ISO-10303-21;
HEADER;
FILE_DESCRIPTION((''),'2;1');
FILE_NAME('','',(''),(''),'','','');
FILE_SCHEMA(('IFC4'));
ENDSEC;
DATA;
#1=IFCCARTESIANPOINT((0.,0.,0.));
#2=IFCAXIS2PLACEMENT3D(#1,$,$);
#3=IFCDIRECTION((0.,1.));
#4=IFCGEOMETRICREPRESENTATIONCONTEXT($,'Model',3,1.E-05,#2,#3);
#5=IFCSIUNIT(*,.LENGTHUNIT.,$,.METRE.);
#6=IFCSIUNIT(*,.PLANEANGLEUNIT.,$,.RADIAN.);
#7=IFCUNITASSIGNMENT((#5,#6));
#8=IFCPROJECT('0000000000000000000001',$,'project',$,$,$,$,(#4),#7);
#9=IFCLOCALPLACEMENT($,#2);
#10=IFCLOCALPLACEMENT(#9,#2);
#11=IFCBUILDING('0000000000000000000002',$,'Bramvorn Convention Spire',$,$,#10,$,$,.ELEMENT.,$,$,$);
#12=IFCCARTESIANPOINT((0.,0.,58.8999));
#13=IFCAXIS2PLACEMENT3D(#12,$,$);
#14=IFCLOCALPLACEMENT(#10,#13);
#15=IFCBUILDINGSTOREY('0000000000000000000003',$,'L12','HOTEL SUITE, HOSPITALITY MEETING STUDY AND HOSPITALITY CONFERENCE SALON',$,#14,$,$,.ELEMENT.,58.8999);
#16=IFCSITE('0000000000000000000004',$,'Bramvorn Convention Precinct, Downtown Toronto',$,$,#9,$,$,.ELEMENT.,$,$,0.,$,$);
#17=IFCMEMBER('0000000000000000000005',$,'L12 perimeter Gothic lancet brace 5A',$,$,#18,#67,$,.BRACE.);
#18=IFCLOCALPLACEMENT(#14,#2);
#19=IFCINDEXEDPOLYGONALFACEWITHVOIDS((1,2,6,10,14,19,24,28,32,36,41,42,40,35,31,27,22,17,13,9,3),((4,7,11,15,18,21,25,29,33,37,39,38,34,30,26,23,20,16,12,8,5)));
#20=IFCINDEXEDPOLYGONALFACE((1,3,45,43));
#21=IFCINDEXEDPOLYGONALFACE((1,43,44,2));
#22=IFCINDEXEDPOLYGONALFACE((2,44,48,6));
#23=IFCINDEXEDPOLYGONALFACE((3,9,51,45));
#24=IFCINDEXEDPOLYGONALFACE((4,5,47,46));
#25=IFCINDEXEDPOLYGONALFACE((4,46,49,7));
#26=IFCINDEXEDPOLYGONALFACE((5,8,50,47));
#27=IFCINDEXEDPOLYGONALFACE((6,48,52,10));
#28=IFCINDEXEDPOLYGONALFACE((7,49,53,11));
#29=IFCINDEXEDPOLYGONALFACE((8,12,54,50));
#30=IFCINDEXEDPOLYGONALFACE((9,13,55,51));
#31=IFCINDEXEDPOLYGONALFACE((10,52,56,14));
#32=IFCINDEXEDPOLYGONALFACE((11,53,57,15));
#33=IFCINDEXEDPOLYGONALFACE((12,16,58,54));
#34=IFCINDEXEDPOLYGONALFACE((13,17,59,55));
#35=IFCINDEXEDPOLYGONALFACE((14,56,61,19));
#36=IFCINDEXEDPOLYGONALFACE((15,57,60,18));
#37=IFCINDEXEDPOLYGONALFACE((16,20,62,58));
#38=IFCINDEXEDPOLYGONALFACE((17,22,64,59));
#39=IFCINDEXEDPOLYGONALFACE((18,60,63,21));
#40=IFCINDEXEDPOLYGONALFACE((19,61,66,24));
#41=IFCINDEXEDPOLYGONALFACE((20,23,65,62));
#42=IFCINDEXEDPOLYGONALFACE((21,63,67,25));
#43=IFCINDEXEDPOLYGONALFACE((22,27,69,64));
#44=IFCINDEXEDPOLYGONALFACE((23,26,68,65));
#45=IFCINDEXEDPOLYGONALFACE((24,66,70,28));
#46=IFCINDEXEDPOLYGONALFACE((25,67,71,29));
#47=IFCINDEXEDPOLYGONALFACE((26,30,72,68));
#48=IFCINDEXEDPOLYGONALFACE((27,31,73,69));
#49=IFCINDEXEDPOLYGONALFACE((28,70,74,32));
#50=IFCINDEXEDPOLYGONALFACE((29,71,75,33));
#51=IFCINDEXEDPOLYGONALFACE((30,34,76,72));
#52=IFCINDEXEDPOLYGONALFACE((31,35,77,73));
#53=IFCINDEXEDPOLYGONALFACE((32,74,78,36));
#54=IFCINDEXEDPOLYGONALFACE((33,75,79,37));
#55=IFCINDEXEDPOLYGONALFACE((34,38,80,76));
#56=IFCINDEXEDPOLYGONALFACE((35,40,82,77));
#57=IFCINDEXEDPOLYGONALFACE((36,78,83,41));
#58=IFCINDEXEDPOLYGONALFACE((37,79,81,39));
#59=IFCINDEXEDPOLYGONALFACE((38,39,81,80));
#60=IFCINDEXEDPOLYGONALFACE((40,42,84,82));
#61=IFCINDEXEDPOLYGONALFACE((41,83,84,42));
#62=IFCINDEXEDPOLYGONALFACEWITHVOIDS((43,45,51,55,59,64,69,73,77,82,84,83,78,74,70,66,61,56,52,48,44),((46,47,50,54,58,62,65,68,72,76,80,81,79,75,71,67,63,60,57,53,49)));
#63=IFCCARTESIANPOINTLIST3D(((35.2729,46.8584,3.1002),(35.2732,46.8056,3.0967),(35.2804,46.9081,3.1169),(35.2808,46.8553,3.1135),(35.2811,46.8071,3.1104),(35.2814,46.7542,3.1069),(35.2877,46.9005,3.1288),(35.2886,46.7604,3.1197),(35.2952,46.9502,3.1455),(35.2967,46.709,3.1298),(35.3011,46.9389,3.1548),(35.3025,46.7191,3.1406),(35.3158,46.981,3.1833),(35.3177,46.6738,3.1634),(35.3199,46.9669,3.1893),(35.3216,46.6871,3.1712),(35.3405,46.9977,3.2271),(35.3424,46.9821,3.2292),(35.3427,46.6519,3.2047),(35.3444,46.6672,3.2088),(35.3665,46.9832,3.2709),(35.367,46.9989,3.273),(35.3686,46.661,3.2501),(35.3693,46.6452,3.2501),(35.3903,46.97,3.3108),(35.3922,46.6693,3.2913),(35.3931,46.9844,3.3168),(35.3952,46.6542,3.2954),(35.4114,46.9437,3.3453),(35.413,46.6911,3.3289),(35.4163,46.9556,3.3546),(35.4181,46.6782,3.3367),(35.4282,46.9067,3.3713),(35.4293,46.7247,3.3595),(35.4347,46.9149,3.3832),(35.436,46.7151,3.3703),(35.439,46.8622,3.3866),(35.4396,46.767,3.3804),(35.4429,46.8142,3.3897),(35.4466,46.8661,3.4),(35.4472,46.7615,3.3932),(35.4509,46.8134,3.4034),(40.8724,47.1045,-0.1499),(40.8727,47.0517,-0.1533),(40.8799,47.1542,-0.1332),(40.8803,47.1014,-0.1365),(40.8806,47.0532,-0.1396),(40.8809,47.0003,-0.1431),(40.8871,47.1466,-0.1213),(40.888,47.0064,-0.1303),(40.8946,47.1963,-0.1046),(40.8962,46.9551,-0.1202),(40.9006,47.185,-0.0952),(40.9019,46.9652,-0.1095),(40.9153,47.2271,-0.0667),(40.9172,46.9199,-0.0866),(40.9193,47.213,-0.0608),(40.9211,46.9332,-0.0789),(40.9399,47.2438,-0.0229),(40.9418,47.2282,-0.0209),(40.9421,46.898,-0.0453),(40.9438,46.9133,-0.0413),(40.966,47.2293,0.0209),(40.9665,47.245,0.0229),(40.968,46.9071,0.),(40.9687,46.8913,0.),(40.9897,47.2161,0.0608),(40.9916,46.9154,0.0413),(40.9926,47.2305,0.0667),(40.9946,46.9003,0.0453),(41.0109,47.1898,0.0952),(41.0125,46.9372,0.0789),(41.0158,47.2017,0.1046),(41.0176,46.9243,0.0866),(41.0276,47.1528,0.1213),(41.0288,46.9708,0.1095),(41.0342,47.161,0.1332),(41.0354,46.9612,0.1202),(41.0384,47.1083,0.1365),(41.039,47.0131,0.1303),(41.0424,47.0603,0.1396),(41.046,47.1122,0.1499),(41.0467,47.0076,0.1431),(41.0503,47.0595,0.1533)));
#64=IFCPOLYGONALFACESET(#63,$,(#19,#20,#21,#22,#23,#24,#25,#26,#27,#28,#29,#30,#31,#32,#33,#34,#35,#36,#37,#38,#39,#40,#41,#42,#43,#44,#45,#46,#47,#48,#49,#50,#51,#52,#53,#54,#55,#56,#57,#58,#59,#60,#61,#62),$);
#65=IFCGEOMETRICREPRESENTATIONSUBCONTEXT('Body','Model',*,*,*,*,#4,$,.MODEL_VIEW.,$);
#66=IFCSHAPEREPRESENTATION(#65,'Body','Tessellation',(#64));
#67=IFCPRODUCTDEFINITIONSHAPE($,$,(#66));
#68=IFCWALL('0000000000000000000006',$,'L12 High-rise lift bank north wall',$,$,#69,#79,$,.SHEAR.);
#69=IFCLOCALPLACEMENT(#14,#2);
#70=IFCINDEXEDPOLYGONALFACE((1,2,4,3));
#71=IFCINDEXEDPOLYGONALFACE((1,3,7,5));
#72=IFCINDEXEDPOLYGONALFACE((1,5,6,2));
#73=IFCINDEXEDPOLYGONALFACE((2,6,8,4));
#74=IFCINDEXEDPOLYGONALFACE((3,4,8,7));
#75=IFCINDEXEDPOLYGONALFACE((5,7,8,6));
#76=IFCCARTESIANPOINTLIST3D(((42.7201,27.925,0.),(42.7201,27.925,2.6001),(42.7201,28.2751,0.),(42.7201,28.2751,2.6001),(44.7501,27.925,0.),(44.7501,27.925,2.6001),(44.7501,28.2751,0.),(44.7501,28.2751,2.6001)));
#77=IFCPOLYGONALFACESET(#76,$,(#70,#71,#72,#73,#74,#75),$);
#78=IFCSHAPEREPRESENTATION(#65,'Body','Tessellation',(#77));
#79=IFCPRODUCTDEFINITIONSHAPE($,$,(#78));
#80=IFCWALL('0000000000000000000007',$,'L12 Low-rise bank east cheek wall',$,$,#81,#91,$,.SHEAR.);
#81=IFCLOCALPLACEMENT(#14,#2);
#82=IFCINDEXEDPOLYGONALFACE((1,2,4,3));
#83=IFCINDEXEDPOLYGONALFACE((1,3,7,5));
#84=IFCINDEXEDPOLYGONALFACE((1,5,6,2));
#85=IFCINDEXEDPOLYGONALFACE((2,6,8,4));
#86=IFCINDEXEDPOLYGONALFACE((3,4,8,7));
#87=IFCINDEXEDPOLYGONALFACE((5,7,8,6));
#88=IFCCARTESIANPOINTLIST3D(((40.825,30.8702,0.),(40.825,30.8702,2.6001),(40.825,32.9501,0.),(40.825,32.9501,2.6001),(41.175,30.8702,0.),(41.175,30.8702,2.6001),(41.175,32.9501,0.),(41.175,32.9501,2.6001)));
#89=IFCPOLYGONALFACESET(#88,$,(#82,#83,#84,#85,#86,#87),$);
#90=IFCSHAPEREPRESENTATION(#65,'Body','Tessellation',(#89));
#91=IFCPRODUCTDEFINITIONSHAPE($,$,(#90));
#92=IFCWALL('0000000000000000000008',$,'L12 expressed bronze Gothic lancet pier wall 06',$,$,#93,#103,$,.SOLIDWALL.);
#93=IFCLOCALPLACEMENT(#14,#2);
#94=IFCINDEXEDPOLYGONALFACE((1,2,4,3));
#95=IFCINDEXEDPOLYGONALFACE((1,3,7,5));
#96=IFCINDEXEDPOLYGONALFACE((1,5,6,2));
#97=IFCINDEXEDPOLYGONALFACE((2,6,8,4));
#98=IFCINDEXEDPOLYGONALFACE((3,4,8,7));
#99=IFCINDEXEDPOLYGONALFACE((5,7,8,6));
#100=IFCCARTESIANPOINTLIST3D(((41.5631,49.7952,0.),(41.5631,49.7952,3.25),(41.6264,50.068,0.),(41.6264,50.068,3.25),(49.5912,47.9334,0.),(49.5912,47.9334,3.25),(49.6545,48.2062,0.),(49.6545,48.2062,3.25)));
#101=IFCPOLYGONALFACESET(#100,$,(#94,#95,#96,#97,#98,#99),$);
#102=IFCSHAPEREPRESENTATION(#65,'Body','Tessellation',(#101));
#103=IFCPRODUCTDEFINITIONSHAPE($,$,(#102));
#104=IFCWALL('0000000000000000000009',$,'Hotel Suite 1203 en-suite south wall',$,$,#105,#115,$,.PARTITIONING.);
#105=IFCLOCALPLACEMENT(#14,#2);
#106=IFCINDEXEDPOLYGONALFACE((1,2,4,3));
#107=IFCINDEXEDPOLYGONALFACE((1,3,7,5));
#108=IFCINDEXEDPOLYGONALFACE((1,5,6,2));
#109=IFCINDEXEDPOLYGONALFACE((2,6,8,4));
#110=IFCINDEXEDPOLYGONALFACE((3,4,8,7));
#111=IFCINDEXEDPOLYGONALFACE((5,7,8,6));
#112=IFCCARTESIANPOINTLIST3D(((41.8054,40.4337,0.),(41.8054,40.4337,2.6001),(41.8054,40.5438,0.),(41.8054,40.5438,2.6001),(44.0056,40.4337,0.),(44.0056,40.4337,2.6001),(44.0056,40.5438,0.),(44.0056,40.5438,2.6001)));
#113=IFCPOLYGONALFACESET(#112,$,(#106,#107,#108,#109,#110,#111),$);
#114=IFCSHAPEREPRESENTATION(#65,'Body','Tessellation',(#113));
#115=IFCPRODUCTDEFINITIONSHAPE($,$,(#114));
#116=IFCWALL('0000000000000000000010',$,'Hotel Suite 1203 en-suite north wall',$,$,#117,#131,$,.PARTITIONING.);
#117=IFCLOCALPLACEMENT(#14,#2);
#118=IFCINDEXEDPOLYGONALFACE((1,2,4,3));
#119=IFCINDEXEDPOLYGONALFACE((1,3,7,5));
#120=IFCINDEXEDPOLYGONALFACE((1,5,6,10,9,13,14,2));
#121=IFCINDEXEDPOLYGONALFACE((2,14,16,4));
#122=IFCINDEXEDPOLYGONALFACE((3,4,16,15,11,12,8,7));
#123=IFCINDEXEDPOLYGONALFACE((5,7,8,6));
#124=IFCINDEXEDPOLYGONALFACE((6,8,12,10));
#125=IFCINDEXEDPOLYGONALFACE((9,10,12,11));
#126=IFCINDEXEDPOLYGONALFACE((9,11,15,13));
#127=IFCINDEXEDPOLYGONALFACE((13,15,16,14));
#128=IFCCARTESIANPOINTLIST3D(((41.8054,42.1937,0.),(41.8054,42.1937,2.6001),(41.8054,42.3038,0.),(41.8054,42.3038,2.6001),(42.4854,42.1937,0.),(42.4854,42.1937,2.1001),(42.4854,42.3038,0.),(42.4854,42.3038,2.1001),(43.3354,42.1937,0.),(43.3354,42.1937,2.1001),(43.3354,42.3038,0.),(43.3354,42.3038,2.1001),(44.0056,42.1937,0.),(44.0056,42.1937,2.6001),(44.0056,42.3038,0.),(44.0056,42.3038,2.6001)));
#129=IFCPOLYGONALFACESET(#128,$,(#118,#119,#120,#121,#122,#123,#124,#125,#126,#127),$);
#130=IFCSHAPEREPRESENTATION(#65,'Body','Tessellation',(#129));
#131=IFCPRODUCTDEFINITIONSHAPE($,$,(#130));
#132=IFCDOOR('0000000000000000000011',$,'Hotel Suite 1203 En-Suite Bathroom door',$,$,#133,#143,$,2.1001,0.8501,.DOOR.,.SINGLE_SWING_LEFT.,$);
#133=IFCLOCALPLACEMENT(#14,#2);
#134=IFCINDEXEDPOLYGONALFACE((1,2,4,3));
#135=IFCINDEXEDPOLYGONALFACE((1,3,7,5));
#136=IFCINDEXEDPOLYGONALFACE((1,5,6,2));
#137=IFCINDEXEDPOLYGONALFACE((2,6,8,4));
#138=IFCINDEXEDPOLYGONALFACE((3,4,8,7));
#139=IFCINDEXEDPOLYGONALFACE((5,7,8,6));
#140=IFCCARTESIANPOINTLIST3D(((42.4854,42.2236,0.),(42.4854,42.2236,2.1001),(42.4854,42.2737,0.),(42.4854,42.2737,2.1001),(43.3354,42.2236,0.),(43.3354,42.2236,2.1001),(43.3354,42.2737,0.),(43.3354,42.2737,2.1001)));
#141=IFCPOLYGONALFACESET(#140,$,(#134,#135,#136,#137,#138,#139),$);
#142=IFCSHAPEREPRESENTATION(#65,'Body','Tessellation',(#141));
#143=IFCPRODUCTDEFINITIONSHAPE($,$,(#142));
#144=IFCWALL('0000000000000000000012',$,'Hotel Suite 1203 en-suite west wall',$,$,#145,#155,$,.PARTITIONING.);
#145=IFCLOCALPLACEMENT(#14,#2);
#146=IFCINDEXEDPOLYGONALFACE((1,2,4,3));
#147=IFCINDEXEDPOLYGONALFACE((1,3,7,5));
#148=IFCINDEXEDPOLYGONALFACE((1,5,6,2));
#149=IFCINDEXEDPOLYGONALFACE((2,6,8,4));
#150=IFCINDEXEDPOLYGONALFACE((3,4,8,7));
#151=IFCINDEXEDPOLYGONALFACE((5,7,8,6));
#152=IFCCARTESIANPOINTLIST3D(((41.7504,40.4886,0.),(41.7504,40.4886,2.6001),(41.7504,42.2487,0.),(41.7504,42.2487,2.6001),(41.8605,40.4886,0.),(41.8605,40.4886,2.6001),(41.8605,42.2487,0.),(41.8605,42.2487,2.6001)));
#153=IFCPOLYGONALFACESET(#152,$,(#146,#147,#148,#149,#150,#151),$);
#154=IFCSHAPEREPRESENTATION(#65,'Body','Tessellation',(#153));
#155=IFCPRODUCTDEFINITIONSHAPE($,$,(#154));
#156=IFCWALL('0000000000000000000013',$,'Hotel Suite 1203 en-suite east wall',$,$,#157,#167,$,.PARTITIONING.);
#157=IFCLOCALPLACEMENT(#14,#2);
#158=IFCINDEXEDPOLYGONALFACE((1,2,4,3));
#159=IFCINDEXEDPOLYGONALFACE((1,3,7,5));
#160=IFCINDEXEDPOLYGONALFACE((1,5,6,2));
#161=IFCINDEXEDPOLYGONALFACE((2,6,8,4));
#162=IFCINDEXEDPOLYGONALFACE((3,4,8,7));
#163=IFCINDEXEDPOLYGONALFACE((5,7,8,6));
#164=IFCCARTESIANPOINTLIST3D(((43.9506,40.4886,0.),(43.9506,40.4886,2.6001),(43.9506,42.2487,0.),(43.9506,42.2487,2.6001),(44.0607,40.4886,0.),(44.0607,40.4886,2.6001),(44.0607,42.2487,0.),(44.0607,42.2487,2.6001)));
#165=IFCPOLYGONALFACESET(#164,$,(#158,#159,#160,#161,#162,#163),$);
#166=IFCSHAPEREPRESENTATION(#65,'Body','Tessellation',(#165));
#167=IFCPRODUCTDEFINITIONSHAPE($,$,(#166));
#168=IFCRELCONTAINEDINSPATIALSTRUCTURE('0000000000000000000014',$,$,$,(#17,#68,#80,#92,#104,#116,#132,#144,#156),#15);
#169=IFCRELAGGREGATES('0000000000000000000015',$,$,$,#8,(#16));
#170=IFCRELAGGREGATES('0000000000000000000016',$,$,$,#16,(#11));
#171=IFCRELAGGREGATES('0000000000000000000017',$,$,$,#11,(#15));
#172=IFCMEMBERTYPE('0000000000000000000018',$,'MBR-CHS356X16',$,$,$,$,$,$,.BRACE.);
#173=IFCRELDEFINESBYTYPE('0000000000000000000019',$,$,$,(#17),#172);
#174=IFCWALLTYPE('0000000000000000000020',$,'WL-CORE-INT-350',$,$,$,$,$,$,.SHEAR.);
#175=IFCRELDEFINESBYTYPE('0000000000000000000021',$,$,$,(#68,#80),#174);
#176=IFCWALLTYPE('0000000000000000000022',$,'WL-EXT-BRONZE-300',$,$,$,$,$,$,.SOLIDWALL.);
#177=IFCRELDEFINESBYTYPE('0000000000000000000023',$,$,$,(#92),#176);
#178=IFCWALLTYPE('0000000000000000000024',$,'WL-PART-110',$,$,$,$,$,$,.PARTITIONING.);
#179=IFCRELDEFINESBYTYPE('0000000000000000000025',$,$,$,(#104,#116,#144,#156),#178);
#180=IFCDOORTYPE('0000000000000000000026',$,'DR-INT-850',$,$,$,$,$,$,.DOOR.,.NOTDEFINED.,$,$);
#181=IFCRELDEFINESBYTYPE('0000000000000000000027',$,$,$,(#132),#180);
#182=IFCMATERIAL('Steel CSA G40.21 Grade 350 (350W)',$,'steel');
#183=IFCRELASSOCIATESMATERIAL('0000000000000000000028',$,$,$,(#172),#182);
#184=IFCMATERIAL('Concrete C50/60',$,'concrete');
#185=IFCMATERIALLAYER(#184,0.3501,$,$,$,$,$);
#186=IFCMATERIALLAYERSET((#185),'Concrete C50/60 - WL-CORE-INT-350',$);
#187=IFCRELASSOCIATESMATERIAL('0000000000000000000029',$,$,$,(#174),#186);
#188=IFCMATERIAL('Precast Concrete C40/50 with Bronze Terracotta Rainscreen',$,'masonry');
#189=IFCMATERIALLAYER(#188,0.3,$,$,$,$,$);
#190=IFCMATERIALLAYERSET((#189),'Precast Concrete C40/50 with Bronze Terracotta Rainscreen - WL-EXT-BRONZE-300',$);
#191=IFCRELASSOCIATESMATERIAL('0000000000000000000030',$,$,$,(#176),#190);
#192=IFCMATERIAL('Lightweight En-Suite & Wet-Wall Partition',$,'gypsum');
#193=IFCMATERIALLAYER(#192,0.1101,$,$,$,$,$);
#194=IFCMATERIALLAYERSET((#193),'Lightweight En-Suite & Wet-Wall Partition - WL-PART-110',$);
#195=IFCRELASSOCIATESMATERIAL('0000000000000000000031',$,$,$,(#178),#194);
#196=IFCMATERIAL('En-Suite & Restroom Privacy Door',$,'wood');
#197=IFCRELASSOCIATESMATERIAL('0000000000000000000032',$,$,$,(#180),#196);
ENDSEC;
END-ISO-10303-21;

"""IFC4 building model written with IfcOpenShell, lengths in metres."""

from ifc_helpers import new_model, si_unit, direction, frame, frame_2d, origin, origin_2d, place, context, subcontext, project, spatial, rectangle, hollow_circle, extrude, material, layer, layer_set, material_profile, profile_set, type_object, element, fill, save


model = new_model("IFC4")

# Units and contexts
model_context = context("Model", 3, precision=1e-05, world=origin(), true_north=direction((0.0, 1.0)))
body_context = subcontext(model_context, "Body", "Model", "MODEL_VIEW")
ifc_project = project(units=[si_unit("LENGTHUNIT", "METRE"), si_unit("PLANEANGLEUNIT", "RADIAN")], contexts=[model_context])

# Site, building, storey
site_placement = place(None, origin())
site = spatial("IfcSite", under=ifc_project, at=site_placement, Name="Bramvorn Convention Precinct, Downtown Toronto", CompositionType="ELEMENT", RefElevation=0.0)
building_placement = place(site_placement, origin())
building = spatial("IfcBuilding", under=site, at=building_placement, Name="Bramvorn Convention Spire", CompositionType="ELEMENT")
storey_placement = place(building_placement, frame((0.0, 0.0, 58.8999)))
storey = spatial("IfcBuildingStorey", under=building, at=storey_placement, Name="L12", Description="HOTEL SUITE, HOSPITALITY MEETING STUDY AND HOSPITALITY CONFERENCE SALON", CompositionType="ELEMENT", Elevation=58.8999)

# Shared definitions
ifc_material_1 = material(Name="Steel CSA G40.21 Grade 350 (350W)", Category="steel")

# Member
ifc_material_profile_1 = material_profile(ifc_material_1, hollow_circle(Radius=0.1777, WallThickness=0.0159, at=origin_2d()))
ifc_profile_set_1 = profile_set([ifc_material_profile_1], Name="Steel CSA G40.21 Grade 350 (350W) - CHS356X16")
member_type = type_object("IfcMemberType", Name="MBR-CHS356X16", PredefinedType="BRACE", material=ifc_profile_set_1)
member_placement = place(storey_placement, frame((40.9609, 47.0688, 0.0), z_axis=(-0.864248, -0.037984, 0.50163), x_axis=(0.043908, -0.999036, 0.0)))
element("IfcMember", 1, at=member_placement, inside=storey, type_object=member_type, Name="L12 perimeter Gothic lancet brace 5A", PredefinedType="BRACE", context=body_context, shape_type="SweptSolid", body=[
    extrude(hollow_circle(Radius=0.1777, WallThickness=0.0159, at=origin_2d()), origin(), (0.0, 0.0, 1.0), 6.479),
])

# Shared definitions
ifc_material_2 = material(Name="Concrete C50/60", Category="concrete")
ifc_layer_1 = layer(ifc_material_2, 0.3501)
ifc_layer_set_1 = layer_set([ifc_layer_1], Name="Concrete C50/60 - WL-CORE-INT-350")
wall_type_1 = type_object("IfcWallType", Name="WL-CORE-INT-350", PredefinedType="SHEAR", material=ifc_layer_set_1)

# Wall
wall_1_placement = place(storey_placement, frame((42.72, 28.1001, 0.0), z_axis=(0.0, 0.0, 1.0), x_axis=(1.0, 0.0, 0.0)))
element("IfcWall", 2, at=wall_1_placement, inside=storey, type_object=wall_type_1, Name="L12 High-rise lift bank north wall", PredefinedType="SHEAR", context=body_context, shape_type="SweptSolid", body=[
    extrude(rectangle(XDim=2.03, YDim=0.3501, at=frame_2d((1.0151, 0.0))), origin(), (0.0, 0.0, 1.0), 2.6001),
])

# Walls
wall_2_placement = place(storey_placement, frame((41.0, 30.8701, 0.0), z_axis=(0.0, 0.0, 1.0), x_axis=(0.0, 1.0, 0.0)))
element("IfcWall", 3, at=wall_2_placement, inside=storey, type_object=wall_type_1, Name="L12 Low-rise bank east cheek wall", PredefinedType="SHEAR", context=body_context, shape_type="SweptSolid", body=[
    extrude(rectangle(XDim=2.0798, YDim=0.3501, at=frame_2d((1.04, 0.0))), origin(), (0.0, 0.0, 1.0), 2.6001),
])
ifc_material_3 = material(Name="Precast Concrete C40/50 with Bronze Terracotta Rainscreen", Category="masonry")
ifc_layer_2 = layer(ifc_material_3, 0.3)
ifc_layer_set_2 = layer_set([ifc_layer_2], Name="Precast Concrete C40/50 with Bronze Terracotta Rainscreen - WL-EXT-BRONZE-300")
wall_type_2 = type_object("IfcWallType", Name="WL-EXT-BRONZE-300", PredefinedType="SOLIDWALL", material=ifc_layer_set_2)
wall_3_placement = place(storey_placement, frame((41.5947, 49.9316, 0.0), z_axis=(0.0, 0.0, 1.0), x_axis=(0.974146, -0.225917, 0.0)))
element("IfcWall", 4, at=wall_3_placement, inside=storey, type_object=wall_type_2, Name="L12 expressed bronze Gothic lancet pier wall 06", PredefinedType="SOLIDWALL", context=body_context, shape_type="SweptSolid", body=[
    extrude(rectangle(XDim=8.2412, YDim=0.28, at=frame_2d((4.1206, 0.0))), origin(), (0.0, 0.0, 1.0), 3.25),
])
ifc_material_4 = material(Name="Lightweight En-Suite & Wet-Wall Partition", Category="gypsum")
ifc_layer_3 = layer(ifc_material_4, 0.1101)
ifc_layer_set_3 = layer_set([ifc_layer_3], Name="Lightweight En-Suite & Wet-Wall Partition - WL-PART-110")
wall_type_3 = type_object("IfcWallType", Name="WL-PART-110", PredefinedType="PARTITIONING", material=ifc_layer_set_3)
wall_4_placement = place(storey_placement, frame((41.8054, 40.4888, 0.0), z_axis=(0.0, 0.0, 1.0), x_axis=(1.0, 0.0, 0.0)))
element("IfcWall", 5, at=wall_4_placement, inside=storey, type_object=wall_type_3, Name="Hotel Suite 1203 en-suite south wall", PredefinedType="PARTITIONING", context=body_context, shape_type="SweptSolid", body=[
    extrude(rectangle(XDim=2.2002, YDim=0.1101, at=frame_2d((1.1001, 0.0))), origin(), (0.0, 0.0, 1.0), 2.6001),
])

# Wall, opening, door
wall_5_placement = place(storey_placement, frame((41.8054, 42.2488, 0.0), z_axis=(0.0, 0.0, 1.0), x_axis=(1.0, 0.0, 0.0)))
wall_5 = element("IfcWall", 6, at=wall_5_placement, inside=storey, type_object=wall_type_3, Name="Hotel Suite 1203 en-suite north wall", PredefinedType="PARTITIONING", context=body_context, shape_type="SweptSolid", body=[
    extrude(rectangle(XDim=2.2002, YDim=0.1101, at=frame_2d((1.1001, 0.0))), origin(), (0.0, 0.0, 1.0), 2.6001),
])
opening_1_placement = place(wall_5_placement, frame((0.6799, 0.0, 0.0)))
opening_1 = element("IfcOpeningElement", 7, at=opening_1_placement, cuts=wall_5, PredefinedType="OPENING", context=body_context, shape_type="SweptSolid", body=[
    extrude(rectangle(XDim=0.8501, YDim=2.1001, at=frame_2d((0.425, 1.05))), frame((0.0, 0.0649, 0.0), z_axis=(0.0, -1.0, 0.0), x_axis=(1.0, 0.0, 0.0)), (0.0, 0.0, 1.0), 0.1301),
])
ifc_material_5 = material(Name="En-Suite & Restroom Privacy Door", Category="wood")
door_type_1 = type_object("IfcDoorType", Name="DR-INT-850", OperationType="NOTDEFINED", PredefinedType="DOOR", material=ifc_material_5)
door_1_placement = place(opening_1_placement, origin())
door_1 = element("IfcDoor", 8, at=door_1_placement, inside=storey, type_object=door_type_1, Name="Hotel Suite 1203 En-Suite Bathroom door", OperationType="SINGLE_SWING_LEFT", OverallHeight=2.1001, OverallWidth=0.8501, PredefinedType="DOOR", context=body_context, shape_type="SweptSolid", body=[
    extrude(rectangle(XDim=0.8501, YDim=2.1001, at=frame_2d((0.425, 1.05))), frame((0.0, 0.0249, 0.0), z_axis=(0.0, -1.0, 0.0), x_axis=(1.0, 0.0, 0.0)), (0.0, 0.0, 1.0), 0.05),
])
fill(opening_1, door_1)

# Walls
for number, where, z_axis, x_axis, name in (
    (9, (41.8054, 40.4888, 0.0), (0.0, 0.0, 1.0), (0.0, 1.0, 0.0), "Hotel Suite 1203 en-suite west wall"),
    (10, (44.0056, 40.4888, 0.0), (0.0, 0.0, 1.0), (0.0, 1.0, 0.0), "Hotel Suite 1203 en-suite east wall"),
):
    element("IfcWall", number, at=place(storey_placement, frame(where, z_axis=z_axis, x_axis=x_axis)), inside=storey, type_object=wall_type_3, Name=name, PredefinedType="PARTITIONING", context=body_context, shape_type="SweptSolid", body=[
        extrude(rectangle(XDim=1.76, YDim=0.1101, at=frame_2d((0.8799, 0.0))), origin(), (0.0, 0.0, 1.0), 2.6001),
    ])

save(model, "model.ifc")
